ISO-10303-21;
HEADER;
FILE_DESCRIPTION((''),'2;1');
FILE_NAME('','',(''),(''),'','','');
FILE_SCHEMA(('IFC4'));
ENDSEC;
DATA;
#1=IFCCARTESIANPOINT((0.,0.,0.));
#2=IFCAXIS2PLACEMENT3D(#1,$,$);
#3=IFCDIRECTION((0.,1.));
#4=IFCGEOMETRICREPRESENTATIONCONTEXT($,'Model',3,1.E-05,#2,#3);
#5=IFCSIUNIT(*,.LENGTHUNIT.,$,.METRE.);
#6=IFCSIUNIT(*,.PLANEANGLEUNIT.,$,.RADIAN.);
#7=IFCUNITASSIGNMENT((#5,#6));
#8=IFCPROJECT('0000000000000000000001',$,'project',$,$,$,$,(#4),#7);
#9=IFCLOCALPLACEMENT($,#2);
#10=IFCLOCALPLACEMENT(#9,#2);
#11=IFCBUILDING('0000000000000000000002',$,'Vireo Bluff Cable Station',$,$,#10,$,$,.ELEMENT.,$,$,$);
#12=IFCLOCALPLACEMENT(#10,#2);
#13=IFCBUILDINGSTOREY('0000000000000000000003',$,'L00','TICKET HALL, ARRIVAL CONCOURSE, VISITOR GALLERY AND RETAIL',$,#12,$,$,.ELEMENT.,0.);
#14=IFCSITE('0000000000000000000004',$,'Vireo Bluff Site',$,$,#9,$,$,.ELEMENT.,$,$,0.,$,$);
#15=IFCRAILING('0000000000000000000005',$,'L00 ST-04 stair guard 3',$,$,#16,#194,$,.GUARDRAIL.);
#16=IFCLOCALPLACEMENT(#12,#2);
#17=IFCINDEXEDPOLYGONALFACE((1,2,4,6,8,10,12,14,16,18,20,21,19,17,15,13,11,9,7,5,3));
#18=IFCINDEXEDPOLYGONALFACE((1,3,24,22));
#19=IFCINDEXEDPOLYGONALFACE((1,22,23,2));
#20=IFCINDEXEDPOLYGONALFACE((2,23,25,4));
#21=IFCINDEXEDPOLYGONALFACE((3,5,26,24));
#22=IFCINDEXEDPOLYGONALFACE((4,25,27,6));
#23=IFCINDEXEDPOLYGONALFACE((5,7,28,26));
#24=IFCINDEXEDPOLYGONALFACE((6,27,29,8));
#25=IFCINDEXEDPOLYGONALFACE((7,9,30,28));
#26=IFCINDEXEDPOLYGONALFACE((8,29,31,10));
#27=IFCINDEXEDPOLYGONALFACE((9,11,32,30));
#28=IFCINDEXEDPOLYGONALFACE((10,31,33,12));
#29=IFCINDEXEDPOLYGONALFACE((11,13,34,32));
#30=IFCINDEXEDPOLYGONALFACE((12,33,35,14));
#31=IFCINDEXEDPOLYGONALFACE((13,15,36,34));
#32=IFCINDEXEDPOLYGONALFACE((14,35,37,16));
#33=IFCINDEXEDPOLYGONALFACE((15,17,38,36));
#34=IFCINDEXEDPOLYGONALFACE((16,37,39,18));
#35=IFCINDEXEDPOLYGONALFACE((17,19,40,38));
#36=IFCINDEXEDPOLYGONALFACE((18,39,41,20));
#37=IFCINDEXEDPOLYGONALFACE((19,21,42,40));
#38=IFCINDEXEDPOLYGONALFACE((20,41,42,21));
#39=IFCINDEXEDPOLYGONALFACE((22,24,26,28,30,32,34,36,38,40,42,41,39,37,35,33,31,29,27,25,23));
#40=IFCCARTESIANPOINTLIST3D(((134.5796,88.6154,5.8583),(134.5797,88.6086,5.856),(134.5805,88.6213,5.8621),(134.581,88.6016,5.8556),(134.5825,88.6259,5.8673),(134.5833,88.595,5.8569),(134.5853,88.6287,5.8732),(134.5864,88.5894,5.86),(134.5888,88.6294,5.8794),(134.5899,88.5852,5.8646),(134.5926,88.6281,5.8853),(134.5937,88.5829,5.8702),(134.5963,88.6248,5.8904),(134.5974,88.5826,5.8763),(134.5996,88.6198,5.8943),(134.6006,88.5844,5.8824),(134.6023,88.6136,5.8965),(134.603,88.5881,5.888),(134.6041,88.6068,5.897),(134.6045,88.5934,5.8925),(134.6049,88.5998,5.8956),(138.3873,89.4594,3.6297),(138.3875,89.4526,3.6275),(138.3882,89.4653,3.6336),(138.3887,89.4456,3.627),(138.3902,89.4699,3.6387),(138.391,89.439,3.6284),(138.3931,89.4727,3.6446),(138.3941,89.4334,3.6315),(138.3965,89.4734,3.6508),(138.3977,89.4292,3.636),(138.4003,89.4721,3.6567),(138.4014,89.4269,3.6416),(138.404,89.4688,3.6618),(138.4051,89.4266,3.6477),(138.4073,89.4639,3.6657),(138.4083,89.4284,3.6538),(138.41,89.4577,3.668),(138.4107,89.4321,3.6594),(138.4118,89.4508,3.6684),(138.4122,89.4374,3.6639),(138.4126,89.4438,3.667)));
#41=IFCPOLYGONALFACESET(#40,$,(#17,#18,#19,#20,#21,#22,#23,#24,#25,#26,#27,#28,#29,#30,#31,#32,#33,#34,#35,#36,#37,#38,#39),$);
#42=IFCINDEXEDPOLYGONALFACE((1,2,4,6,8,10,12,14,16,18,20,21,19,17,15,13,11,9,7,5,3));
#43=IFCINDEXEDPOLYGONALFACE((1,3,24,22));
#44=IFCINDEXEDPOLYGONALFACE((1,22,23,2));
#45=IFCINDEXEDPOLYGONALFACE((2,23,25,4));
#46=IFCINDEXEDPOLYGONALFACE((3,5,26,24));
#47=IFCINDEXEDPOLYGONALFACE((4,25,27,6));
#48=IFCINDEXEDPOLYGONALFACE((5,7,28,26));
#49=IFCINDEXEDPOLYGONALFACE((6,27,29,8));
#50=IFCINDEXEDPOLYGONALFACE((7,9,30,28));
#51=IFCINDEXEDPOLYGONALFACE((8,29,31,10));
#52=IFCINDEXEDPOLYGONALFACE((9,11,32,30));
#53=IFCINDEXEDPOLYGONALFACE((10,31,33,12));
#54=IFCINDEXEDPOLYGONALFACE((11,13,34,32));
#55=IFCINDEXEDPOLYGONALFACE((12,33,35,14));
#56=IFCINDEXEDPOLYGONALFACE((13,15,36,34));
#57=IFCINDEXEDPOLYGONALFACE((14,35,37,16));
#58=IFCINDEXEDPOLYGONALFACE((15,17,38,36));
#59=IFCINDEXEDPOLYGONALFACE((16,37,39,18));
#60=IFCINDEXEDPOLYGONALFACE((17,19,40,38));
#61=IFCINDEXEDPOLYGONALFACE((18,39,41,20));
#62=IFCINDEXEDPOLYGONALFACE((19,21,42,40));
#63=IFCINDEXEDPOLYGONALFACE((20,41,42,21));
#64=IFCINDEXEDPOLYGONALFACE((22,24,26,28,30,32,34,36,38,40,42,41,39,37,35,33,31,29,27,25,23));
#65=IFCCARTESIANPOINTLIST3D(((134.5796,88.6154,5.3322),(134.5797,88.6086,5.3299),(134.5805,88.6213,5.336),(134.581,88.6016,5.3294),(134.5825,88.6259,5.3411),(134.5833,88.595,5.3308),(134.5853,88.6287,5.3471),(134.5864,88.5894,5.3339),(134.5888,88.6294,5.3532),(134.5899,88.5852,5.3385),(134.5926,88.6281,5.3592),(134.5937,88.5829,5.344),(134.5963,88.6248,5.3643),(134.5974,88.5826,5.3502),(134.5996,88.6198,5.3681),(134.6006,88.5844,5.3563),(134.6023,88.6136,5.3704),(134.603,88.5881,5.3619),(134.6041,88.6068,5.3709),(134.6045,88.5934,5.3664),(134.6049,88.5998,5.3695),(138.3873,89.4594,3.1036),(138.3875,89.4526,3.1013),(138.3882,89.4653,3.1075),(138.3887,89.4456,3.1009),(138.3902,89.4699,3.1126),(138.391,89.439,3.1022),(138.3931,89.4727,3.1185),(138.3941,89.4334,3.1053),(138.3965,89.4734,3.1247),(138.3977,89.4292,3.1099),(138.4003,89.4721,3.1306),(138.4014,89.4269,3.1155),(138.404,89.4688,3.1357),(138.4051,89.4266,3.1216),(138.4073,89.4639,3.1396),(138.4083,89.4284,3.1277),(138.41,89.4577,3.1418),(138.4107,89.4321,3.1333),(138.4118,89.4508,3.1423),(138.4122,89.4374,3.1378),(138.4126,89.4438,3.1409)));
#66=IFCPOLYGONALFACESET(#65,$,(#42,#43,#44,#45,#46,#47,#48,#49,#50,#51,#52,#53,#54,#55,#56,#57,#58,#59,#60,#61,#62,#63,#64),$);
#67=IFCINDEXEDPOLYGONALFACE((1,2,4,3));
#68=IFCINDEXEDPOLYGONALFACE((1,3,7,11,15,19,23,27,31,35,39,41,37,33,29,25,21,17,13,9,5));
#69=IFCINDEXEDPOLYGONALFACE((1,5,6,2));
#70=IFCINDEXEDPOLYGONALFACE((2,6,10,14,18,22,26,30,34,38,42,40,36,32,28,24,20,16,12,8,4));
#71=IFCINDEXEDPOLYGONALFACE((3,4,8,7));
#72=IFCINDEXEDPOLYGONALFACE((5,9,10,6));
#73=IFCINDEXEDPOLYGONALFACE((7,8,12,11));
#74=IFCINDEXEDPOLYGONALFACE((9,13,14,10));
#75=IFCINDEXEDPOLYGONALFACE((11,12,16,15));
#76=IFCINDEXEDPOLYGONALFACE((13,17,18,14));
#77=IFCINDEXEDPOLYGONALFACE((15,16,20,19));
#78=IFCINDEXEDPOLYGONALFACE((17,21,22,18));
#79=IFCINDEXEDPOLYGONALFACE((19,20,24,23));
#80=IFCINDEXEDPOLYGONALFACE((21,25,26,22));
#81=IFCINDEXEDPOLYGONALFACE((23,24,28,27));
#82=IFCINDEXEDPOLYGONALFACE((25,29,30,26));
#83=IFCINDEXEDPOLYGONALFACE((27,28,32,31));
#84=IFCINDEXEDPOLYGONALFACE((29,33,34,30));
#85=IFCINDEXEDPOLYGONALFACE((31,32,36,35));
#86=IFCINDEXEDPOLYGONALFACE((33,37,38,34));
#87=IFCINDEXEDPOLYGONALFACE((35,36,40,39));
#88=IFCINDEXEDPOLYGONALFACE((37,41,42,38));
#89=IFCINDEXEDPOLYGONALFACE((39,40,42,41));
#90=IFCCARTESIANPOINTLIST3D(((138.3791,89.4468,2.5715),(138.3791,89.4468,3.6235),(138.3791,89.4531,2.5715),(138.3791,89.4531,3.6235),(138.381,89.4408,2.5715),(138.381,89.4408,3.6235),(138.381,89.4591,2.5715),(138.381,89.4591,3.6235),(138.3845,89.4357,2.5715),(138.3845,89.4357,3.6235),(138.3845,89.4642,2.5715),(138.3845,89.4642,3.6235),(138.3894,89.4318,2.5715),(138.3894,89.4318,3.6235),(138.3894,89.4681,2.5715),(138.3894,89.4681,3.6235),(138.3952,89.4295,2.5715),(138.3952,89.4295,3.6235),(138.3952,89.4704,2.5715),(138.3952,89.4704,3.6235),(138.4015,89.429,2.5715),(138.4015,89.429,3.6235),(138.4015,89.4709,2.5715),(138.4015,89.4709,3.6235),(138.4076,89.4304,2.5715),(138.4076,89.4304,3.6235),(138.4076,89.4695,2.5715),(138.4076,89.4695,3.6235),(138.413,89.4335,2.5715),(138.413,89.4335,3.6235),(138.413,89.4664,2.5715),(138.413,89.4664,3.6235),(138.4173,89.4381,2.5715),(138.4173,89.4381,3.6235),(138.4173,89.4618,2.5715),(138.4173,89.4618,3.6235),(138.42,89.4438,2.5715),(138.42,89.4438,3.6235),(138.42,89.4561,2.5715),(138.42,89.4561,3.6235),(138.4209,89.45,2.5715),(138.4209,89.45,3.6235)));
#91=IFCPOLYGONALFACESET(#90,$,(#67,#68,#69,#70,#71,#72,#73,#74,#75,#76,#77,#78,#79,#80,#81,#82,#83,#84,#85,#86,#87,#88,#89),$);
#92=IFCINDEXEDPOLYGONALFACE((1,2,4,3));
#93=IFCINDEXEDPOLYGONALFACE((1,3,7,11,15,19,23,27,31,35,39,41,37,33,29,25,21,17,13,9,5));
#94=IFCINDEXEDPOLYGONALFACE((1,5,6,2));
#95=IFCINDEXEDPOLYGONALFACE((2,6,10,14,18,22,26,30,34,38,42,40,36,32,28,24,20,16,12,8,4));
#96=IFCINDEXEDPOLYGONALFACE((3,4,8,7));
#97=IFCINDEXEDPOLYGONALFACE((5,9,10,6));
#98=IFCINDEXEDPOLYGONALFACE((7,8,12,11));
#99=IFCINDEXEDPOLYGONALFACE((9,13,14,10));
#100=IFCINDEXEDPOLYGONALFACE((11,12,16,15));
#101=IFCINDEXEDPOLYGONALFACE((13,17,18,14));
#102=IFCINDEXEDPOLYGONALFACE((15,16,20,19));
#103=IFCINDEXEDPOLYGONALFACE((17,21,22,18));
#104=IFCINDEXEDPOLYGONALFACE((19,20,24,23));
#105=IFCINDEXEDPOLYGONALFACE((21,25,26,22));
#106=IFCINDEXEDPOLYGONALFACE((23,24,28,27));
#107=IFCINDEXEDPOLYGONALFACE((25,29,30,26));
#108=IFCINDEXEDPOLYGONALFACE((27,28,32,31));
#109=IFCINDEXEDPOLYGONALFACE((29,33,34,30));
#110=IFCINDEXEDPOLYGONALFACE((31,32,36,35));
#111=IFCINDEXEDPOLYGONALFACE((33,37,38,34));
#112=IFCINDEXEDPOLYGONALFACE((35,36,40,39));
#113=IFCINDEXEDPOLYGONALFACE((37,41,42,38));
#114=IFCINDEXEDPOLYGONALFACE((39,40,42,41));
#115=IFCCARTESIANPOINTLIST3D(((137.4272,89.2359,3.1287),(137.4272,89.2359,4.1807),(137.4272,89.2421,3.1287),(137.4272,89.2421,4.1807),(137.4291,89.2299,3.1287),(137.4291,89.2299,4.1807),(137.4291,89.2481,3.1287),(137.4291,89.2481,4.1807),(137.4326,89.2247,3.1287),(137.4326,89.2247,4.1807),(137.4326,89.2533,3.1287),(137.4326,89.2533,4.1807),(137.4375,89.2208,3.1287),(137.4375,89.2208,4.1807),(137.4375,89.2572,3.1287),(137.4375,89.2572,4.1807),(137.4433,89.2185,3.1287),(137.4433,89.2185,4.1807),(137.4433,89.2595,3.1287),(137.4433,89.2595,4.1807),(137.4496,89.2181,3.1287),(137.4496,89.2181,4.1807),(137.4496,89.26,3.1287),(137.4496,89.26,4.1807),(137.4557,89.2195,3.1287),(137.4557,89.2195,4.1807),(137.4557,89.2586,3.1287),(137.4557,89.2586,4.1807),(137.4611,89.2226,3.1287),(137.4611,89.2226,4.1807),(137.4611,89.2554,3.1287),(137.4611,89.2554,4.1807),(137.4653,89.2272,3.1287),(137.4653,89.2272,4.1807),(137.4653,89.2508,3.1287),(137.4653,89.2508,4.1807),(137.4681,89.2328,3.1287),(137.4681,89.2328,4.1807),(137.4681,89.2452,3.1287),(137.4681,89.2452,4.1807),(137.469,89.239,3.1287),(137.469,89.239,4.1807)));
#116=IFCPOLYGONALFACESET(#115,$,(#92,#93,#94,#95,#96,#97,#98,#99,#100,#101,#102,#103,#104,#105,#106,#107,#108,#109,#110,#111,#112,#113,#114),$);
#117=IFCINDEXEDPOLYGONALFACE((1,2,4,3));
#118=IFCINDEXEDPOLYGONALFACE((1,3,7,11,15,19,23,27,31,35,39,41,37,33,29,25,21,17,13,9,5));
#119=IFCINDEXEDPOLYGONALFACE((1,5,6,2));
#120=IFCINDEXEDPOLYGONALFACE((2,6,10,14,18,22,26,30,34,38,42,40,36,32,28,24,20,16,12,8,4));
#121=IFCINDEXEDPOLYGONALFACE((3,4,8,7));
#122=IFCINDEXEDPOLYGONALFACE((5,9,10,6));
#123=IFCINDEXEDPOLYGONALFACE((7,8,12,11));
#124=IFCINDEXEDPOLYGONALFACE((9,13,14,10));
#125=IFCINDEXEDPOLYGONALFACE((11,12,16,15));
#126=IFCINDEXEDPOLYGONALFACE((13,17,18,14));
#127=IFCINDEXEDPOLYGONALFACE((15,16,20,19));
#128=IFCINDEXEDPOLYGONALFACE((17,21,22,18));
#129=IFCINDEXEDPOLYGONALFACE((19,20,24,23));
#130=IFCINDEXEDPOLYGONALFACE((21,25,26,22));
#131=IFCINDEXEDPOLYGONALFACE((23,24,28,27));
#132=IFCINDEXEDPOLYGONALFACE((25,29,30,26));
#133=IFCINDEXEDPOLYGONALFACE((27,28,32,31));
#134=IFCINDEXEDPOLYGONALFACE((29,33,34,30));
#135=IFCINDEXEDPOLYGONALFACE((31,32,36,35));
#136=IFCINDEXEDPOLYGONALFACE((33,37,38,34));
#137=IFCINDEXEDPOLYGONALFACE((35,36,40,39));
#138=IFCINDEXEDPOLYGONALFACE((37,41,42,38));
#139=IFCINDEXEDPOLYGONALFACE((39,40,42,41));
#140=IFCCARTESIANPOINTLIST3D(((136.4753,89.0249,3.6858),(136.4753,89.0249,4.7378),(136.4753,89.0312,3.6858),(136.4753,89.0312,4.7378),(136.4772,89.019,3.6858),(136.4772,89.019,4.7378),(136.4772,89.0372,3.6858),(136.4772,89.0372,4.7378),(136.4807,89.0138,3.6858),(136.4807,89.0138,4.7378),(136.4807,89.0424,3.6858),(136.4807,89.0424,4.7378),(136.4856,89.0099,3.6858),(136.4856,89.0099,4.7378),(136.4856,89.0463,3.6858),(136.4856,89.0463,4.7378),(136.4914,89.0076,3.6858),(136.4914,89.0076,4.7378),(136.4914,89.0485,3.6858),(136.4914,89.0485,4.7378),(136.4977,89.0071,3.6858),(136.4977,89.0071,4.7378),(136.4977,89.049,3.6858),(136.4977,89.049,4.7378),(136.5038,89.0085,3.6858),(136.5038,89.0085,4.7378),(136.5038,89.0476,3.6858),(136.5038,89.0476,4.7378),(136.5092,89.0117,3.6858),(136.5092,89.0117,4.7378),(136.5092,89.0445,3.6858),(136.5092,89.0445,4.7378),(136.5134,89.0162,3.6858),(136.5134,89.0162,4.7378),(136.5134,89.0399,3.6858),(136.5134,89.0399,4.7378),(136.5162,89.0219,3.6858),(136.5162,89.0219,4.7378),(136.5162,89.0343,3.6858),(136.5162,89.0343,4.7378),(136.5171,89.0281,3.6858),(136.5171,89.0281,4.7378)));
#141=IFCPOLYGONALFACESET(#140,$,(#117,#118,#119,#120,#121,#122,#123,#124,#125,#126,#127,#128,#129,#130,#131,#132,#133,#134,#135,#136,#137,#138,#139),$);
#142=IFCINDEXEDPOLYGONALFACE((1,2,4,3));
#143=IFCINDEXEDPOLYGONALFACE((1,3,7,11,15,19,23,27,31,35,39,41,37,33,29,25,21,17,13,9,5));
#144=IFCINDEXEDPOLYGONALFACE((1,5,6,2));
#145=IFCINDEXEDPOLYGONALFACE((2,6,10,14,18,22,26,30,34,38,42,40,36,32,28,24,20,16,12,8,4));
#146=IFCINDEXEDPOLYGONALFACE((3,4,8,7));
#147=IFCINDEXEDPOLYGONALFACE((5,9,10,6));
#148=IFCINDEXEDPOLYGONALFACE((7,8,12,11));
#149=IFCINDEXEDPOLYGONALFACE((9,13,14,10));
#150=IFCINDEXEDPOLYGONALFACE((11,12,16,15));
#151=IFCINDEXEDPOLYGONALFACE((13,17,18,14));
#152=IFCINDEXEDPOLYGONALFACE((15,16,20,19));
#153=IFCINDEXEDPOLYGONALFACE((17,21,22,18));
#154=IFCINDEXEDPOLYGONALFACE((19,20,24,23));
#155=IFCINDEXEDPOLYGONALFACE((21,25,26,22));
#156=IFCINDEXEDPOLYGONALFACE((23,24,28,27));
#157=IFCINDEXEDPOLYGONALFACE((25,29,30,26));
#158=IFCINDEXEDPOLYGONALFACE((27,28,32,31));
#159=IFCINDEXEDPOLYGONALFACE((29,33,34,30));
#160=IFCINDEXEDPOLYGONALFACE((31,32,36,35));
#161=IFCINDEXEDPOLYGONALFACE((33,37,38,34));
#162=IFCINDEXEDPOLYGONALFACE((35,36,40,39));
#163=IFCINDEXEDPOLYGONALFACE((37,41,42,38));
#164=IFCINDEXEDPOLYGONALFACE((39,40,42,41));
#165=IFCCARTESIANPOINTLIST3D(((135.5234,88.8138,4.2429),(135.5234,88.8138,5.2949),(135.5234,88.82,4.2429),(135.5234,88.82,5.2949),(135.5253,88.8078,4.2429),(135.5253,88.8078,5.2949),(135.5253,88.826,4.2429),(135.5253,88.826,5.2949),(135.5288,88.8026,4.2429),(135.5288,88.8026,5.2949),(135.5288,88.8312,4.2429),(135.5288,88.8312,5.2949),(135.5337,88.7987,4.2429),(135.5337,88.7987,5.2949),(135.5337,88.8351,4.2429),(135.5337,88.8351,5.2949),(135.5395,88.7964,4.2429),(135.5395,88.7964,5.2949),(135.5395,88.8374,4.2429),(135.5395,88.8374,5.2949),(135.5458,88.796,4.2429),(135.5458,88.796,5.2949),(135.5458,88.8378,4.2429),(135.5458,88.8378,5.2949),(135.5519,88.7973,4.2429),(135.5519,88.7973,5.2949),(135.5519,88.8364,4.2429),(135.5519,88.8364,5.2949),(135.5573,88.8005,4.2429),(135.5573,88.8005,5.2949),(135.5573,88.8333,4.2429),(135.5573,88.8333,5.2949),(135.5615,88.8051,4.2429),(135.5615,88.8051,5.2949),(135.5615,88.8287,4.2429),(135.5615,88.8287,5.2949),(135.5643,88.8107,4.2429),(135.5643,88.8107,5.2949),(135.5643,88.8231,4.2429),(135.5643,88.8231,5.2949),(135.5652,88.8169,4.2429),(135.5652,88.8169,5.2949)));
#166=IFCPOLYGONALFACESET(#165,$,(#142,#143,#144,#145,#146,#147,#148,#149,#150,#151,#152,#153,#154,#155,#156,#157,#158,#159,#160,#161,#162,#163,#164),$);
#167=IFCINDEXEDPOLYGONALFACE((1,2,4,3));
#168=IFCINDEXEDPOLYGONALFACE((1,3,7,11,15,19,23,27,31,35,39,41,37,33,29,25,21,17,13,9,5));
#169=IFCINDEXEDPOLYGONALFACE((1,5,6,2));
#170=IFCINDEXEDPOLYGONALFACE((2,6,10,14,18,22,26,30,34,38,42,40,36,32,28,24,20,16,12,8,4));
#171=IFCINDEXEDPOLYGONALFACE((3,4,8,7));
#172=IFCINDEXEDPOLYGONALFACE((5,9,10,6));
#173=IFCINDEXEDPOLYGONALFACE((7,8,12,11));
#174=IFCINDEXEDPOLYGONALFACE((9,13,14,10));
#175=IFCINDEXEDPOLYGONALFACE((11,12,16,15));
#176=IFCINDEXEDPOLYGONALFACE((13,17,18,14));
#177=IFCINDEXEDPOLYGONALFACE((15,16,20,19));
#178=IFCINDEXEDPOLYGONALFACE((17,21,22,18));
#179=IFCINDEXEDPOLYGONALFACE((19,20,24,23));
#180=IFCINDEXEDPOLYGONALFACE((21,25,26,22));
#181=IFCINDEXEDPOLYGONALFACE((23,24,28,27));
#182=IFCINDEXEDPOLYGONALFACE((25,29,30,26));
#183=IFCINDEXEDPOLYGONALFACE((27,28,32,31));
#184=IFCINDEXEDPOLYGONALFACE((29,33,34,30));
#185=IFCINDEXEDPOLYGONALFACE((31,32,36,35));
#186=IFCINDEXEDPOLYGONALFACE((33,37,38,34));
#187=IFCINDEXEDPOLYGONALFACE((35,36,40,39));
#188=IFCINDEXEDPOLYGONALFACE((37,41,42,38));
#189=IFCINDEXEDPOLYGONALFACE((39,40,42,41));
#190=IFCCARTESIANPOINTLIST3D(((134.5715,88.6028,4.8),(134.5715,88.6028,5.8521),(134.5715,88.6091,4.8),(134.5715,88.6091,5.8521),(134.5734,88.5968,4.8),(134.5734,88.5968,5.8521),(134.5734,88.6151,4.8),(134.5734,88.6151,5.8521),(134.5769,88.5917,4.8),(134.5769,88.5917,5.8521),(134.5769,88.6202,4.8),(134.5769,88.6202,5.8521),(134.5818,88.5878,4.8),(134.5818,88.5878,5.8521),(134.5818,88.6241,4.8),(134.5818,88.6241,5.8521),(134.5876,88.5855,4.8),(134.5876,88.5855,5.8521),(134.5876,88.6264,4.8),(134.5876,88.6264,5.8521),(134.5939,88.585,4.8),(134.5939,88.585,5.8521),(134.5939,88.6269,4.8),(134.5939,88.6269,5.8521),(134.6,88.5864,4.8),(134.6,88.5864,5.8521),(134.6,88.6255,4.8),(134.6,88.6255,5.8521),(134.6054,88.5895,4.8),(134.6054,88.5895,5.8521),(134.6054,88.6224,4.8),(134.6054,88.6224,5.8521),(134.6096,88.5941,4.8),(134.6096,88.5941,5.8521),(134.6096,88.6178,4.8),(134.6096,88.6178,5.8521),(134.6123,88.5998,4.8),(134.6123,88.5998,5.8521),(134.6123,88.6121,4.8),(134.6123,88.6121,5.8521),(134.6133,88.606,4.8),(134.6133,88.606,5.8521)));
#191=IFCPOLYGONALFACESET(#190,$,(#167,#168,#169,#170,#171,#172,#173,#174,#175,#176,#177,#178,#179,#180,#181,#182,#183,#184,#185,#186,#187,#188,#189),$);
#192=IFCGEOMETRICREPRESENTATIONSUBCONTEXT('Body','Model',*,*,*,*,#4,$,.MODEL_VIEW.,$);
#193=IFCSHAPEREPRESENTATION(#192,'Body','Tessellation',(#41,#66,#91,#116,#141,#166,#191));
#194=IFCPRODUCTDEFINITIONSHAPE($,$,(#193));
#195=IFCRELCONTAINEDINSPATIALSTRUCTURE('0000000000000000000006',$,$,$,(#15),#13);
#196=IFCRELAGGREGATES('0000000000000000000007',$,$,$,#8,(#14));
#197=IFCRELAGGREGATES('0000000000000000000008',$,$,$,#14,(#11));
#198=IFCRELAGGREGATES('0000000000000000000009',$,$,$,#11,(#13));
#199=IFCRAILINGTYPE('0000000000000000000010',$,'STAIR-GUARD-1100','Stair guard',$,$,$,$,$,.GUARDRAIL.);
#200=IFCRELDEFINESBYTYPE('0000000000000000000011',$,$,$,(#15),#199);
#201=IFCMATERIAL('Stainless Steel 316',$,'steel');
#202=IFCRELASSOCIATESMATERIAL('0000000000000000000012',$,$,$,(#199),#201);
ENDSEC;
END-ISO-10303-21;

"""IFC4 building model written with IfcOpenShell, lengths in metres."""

from ifc_helpers import new_model, si_unit, direction, frame, origin, origin_2d, place, context, subcontext, project, spatial, circle, extrude, material, type_object, element, save


model = new_model("IFC4")

# Units and contexts
model_context = context("Model", 3, precision=1e-05, world=origin(), true_north=direction((0.0, 1.0)))
body_context = subcontext(model_context, "Body", "Model", "MODEL_VIEW")
ifc_project = project(units=[si_unit("LENGTHUNIT", "METRE"), si_unit("PLANEANGLEUNIT", "RADIAN")], contexts=[model_context])

# Site, building, storey
site_placement = place(None, origin())
site = spatial("IfcSite", under=ifc_project, at=site_placement, Name="Vireo Bluff Site", CompositionType="ELEMENT", RefElevation=0.0)
building_placement = place(site_placement, origin())
building = spatial("IfcBuilding", under=site, at=building_placement, Name="Vireo Bluff Cable Station", CompositionType="ELEMENT")
storey_placement = place(building_placement, origin())
storey = spatial("IfcBuildingStorey", under=building, at=storey_placement, Name="L00", Description="TICKET HALL, ARRIVAL CONCOURSE, VISITOR GALLERY AND RETAIL", CompositionType="ELEMENT", Elevation=0.0)

# Shared definitions
ifc_material_1 = material(Name="Stainless Steel 316", Category="steel")

# Railing
railing_type_1 = type_object("IfcRailingType", Name="STAIR-GUARD-1100", Description="Stair guard", PredefinedType="GUARDRAIL", material=ifc_material_1)
railing_1_placement = place(storey_placement, frame((138.3999, 89.45, 2.5715)))
element("IfcRailing", 1, at=railing_1_placement, inside=storey, type_object=railing_type_1, Name="L00 ST-04 stair guard 3", PredefinedType="GUARDRAIL", context=body_context, shape_type="SweptSolid", body=[
    extrude(circle(Radius=0.0239, at=origin_2d()), frame((0.0, 0.0, 1.0762), z_axis=(-0.847676, -0.187895, 0.496126), x_axis=(0.216407, -0.976303, 0.0)), (0.0, 0.0, 1.0), 4.4919),
    extrude(circle(Radius=0.0239, at=origin_2d()), frame((0.0, 0.0, 0.55), z_axis=(-0.847676, -0.187895, 0.496126), x_axis=(0.216407, -0.976303, 0.0)), (0.0, 0.0, 1.0), 4.4919),
    extrude(circle(Radius=0.021, at=origin_2d()), origin(), (0.0, 0.0, 1.0), 1.052),
    extrude(circle(Radius=0.021, at=origin_2d()), frame((-0.9519, -0.2109, 0.5571)), (0.0, 0.0, 1.0), 1.052),
    extrude(circle(Radius=0.021, at=origin_2d()), frame((-1.9038, -0.4219, 1.1143)), (0.0, 0.0, 1.0), 1.052),
    extrude(circle(Radius=0.021, at=origin_2d()), frame((-2.8557, -0.6331, 1.6714)), (0.0, 0.0, 1.0), 1.052),
    extrude(circle(Radius=0.021, at=origin_2d()), frame((-3.8076, -0.844, 2.2285)), (0.0, 0.0, 1.0), 1.052),
])

save(model, "model.ifc")
